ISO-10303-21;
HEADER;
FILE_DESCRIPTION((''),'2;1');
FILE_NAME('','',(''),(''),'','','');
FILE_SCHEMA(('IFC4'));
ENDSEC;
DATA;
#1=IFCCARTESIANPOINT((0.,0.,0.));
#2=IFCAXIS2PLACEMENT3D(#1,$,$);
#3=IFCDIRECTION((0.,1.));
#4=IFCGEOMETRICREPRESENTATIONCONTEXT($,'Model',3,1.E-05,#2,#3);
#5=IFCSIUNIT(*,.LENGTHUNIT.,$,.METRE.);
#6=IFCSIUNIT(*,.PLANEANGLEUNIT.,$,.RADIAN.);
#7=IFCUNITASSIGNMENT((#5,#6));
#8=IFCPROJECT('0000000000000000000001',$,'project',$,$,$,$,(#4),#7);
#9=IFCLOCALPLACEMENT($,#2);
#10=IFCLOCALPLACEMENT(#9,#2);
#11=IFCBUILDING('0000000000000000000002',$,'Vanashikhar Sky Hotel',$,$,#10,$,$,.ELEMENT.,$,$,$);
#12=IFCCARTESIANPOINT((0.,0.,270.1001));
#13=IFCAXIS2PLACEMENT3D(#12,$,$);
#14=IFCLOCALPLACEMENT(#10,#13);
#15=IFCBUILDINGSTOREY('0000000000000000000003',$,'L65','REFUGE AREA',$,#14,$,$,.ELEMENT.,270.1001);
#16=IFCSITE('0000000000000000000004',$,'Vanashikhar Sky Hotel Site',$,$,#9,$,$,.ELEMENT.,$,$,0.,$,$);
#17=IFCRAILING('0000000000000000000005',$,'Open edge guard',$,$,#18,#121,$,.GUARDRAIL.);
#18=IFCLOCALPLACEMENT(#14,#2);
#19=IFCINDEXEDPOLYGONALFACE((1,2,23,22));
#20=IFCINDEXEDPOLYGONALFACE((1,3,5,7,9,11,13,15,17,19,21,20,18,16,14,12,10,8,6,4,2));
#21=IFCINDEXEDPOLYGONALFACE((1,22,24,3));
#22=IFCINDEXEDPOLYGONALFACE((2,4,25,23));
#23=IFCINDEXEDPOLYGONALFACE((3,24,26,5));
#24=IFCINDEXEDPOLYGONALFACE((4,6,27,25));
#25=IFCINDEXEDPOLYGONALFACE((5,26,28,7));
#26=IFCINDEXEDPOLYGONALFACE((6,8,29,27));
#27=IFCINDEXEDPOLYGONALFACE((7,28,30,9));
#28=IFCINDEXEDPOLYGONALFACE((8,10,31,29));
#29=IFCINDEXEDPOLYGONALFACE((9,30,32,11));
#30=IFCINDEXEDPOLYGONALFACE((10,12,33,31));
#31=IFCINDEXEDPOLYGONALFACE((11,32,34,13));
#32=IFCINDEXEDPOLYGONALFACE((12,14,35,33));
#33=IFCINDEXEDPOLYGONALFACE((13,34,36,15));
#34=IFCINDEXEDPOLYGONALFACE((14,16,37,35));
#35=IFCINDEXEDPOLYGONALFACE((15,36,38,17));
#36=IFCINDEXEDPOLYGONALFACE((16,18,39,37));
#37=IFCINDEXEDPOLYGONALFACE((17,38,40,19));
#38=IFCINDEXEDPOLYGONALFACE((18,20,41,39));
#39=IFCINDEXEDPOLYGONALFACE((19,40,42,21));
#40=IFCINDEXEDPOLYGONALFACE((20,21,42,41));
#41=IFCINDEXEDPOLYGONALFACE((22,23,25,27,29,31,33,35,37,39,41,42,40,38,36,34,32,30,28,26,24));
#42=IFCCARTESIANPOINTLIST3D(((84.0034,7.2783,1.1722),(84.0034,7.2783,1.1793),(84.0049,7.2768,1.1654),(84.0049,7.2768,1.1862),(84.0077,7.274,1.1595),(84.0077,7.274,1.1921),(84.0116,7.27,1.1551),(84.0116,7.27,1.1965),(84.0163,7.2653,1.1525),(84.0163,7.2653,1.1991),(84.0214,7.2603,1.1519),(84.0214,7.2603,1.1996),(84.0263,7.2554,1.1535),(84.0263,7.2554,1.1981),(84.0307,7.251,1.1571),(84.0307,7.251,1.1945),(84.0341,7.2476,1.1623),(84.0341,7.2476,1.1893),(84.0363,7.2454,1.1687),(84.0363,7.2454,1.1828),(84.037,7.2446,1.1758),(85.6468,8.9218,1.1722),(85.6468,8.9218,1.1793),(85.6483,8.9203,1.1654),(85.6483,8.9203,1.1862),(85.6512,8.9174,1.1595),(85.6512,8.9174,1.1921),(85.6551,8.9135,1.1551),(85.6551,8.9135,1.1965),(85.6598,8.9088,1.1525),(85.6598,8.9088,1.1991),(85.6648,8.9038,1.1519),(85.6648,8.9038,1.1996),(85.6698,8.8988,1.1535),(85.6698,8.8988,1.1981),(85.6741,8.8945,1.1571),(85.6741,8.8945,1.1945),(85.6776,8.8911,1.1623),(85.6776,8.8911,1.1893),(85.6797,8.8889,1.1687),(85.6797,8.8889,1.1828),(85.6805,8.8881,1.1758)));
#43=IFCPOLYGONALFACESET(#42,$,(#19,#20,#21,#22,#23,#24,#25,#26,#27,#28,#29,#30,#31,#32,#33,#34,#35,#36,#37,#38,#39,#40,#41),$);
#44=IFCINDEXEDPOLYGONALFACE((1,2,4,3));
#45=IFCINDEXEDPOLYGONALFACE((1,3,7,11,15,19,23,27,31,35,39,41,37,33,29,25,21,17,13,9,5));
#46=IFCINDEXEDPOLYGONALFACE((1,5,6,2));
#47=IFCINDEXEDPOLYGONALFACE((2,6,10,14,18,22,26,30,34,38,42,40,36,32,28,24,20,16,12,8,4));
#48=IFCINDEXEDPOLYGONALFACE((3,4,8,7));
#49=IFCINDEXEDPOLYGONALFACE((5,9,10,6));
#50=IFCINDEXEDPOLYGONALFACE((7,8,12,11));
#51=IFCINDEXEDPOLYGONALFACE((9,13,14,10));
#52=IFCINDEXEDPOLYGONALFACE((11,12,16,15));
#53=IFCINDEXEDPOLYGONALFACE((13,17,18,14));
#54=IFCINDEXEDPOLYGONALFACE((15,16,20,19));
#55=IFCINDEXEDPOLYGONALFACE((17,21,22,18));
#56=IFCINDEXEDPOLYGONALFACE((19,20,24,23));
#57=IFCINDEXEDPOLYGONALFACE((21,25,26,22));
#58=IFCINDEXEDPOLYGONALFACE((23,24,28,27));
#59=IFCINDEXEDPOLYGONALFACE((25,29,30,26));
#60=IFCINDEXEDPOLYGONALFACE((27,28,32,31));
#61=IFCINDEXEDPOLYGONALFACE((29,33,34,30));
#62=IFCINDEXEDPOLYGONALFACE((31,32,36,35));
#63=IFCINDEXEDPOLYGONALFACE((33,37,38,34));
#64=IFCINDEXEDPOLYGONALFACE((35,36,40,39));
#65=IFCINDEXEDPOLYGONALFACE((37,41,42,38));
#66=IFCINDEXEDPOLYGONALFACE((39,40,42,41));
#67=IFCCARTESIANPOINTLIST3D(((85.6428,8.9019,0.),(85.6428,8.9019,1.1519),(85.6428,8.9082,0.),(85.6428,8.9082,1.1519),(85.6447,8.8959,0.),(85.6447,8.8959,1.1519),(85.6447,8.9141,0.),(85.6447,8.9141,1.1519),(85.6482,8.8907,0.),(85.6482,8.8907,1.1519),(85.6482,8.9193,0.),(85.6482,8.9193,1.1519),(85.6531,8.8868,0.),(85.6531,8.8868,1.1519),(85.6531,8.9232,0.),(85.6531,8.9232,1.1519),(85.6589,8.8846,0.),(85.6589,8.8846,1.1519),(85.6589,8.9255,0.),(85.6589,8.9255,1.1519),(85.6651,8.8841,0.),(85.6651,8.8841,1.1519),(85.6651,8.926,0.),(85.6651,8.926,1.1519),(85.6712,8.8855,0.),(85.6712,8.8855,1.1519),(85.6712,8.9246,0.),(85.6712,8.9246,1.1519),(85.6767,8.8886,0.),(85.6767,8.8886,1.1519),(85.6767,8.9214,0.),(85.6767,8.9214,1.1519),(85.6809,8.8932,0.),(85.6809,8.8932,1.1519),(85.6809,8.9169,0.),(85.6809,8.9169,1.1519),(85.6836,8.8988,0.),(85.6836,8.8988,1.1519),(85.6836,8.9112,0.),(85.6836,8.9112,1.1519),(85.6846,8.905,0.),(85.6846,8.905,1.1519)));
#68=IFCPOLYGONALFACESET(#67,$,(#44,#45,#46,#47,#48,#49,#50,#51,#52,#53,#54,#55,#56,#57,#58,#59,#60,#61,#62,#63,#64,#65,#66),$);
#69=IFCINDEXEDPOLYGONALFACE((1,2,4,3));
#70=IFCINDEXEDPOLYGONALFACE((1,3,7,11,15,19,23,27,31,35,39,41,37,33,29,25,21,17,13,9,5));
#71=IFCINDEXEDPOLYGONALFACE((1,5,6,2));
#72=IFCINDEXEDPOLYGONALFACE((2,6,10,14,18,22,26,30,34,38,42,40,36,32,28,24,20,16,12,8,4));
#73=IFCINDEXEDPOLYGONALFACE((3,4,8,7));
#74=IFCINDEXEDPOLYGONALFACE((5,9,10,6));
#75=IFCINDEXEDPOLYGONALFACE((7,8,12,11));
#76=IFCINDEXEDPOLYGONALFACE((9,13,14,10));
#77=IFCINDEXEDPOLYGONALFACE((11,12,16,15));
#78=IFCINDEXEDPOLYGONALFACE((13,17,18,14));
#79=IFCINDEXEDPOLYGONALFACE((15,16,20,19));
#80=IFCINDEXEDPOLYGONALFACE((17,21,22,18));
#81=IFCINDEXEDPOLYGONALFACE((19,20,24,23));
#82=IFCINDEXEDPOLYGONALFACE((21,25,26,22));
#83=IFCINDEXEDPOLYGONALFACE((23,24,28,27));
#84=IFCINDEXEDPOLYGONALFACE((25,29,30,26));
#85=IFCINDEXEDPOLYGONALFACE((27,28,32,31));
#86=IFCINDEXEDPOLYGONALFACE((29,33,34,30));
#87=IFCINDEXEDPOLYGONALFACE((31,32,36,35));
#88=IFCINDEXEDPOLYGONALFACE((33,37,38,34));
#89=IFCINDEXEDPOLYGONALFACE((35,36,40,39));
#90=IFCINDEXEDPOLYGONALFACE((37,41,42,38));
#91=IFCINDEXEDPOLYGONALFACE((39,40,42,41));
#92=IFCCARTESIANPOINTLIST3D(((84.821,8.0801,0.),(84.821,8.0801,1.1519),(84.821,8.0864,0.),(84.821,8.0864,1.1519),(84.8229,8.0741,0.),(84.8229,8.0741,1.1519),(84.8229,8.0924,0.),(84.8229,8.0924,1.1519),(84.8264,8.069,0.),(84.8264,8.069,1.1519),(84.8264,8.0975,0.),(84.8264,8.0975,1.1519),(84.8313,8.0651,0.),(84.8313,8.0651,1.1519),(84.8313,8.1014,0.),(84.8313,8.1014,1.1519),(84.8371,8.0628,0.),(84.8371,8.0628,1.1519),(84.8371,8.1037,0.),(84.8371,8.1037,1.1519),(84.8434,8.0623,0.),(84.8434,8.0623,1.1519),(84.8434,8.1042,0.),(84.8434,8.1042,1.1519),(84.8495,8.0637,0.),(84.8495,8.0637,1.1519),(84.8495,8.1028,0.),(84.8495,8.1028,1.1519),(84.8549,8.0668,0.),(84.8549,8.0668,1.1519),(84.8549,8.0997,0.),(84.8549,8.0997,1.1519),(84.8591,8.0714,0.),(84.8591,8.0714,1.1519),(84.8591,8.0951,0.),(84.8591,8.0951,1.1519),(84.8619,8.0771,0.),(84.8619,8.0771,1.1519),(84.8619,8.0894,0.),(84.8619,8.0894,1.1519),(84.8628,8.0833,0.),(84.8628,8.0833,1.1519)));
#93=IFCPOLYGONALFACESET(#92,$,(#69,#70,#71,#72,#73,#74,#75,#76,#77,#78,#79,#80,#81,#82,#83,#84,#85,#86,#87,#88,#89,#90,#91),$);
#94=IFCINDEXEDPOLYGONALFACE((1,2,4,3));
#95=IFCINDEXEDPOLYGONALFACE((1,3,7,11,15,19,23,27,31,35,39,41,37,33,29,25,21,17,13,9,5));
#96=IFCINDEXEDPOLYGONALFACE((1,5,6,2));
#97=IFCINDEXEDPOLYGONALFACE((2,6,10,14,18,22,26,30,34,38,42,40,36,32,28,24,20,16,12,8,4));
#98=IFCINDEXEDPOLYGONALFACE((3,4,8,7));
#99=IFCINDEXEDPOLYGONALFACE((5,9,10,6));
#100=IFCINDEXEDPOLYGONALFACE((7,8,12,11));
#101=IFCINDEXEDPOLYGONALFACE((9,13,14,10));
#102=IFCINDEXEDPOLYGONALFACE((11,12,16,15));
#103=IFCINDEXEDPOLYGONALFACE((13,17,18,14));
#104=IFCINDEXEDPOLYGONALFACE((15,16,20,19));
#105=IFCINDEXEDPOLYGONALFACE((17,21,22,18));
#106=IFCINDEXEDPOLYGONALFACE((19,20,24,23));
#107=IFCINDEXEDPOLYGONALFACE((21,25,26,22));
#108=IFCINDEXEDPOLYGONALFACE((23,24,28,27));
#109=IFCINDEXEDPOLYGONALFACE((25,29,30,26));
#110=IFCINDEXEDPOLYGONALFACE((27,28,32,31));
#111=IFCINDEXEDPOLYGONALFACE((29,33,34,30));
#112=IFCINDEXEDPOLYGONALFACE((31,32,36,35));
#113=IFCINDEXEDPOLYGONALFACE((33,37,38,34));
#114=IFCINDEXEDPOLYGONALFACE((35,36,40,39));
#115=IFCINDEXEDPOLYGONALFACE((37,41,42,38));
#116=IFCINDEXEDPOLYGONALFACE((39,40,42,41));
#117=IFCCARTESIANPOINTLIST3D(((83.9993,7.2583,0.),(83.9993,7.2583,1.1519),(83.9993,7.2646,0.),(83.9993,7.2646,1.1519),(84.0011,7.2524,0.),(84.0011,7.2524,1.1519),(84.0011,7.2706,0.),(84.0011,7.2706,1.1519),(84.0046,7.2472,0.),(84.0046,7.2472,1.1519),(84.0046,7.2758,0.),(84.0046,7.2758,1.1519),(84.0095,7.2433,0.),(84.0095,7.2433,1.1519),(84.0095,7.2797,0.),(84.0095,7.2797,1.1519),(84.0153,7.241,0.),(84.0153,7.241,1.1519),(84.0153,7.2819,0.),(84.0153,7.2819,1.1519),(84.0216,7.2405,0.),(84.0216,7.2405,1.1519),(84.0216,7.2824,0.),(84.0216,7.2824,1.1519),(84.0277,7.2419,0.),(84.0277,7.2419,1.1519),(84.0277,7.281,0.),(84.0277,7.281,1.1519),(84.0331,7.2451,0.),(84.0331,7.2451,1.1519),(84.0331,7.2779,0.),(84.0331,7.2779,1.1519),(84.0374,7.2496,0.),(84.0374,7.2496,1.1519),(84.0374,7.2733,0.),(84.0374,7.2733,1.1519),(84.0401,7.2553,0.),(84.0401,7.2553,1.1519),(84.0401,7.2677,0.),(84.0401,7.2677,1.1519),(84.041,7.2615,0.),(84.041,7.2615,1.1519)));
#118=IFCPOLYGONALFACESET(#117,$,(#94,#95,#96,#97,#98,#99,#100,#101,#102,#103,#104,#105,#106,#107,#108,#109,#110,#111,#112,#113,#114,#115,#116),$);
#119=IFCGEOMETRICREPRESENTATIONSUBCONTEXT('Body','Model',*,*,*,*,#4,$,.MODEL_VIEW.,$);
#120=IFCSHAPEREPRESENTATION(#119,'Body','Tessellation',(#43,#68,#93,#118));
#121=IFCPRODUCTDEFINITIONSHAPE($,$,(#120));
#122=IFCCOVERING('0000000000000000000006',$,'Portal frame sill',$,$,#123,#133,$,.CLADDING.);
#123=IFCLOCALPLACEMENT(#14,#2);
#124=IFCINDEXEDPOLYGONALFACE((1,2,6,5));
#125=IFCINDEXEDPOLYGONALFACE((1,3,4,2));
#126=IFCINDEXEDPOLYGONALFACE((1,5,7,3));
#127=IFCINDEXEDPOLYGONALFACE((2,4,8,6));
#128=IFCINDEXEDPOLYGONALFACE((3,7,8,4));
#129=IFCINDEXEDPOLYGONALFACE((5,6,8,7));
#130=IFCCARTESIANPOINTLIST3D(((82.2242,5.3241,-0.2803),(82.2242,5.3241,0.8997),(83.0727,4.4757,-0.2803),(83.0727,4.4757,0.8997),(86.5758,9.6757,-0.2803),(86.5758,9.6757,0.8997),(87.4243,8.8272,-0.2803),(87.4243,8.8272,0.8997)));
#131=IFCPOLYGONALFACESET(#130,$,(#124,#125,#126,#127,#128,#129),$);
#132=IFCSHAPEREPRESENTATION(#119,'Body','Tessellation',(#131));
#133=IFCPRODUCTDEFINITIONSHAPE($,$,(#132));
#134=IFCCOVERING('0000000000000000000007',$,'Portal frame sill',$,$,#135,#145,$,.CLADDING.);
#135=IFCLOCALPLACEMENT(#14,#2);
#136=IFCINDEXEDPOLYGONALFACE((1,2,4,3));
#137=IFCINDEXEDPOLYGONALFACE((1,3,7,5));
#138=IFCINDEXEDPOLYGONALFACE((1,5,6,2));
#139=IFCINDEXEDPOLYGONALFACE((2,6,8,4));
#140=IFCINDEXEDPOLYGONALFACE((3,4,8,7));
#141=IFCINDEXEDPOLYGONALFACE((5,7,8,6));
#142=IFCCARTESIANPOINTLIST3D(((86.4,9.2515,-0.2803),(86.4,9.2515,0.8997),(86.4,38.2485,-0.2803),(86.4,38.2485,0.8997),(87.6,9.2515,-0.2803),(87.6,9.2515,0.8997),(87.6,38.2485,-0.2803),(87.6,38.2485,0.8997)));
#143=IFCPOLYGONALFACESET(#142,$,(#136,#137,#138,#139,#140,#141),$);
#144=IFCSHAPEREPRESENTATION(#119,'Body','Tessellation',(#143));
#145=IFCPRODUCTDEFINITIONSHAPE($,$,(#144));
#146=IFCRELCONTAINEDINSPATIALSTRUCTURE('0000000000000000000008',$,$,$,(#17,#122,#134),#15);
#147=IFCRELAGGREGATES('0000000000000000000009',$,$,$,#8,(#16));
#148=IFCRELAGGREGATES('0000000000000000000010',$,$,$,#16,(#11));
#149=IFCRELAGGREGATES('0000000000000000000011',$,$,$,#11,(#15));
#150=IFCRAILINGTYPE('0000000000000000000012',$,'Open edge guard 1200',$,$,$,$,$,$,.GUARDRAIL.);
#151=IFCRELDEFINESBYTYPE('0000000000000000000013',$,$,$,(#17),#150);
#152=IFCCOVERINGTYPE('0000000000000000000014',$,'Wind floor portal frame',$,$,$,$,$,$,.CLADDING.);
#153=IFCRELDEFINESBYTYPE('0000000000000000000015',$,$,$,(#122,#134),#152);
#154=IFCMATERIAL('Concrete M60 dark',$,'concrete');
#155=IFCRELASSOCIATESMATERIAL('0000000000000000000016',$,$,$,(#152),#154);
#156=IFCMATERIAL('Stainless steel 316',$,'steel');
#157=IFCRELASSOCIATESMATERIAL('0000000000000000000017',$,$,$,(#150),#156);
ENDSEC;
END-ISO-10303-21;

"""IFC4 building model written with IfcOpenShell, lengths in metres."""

from ifc_helpers import new_model, si_unit, direction, frame, origin, origin_2d, place, context, subcontext, project, spatial, rectangle, circle, extrude, source, transform, mapped, material, type_object, element, save


model = new_model("IFC4")

# Units and contexts
model_context = context("Model", 3, precision=1e-05, world=origin(), true_north=direction((0.0, 1.0)))
body_context = subcontext(model_context, "Body", "Model", "MODEL_VIEW")
ifc_project = project(units=[si_unit("LENGTHUNIT", "METRE"), si_unit("PLANEANGLEUNIT", "RADIAN")], contexts=[model_context])

# Site, building, storey
site_placement = place(None, origin())
site = spatial("IfcSite", under=ifc_project, at=site_placement, Name="Vanashikhar Sky Hotel Site", CompositionType="ELEMENT", RefElevation=0.0)
building_placement = place(site_placement, origin())
building = spatial("IfcBuilding", under=site, at=building_placement, Name="Vanashikhar Sky Hotel", CompositionType="ELEMENT")
storey_placement = place(building_placement, frame((0.0, 0.0, 270.1001)))
storey = spatial("IfcBuildingStorey", under=building, at=storey_placement, Name="L65", Description="REFUGE AREA", CompositionType="ELEMENT", Elevation=270.1001)

# Shared definitions
ifc_material_1 = material(Name="Concrete M60 dark", Category="concrete")
covering_type = type_object("IfcCoveringType", Name="Wind floor portal frame", PredefinedType="CLADDING", material=ifc_material_1)

# Railing
ifc_material_2 = material(Name="Stainless steel 316", Category="steel")
railing_type = type_object("IfcRailingType", Name="Open edge guard 1200", PredefinedType="GUARDRAIL", material=ifc_material_2)
shared_shape_1 = source(origin(), body_context, "Body", "SweptSolid", [
    extrude(circle(Radius=0.0239, at=origin_2d()), frame((0.0, 0.0, 1.1758), z_axis=(-0.707107, -0.707107, 0.0), x_axis=(0.707107, -0.707107, 0.0)), (0.0, 0.0, 1.0), 2.3242),
    extrude(circle(Radius=0.021, at=origin_2d()), origin(), (0.0, 0.0, 1.0), 1.1519),
    extrude(circle(Radius=0.021, at=origin_2d()), frame((-0.8218, -0.8218, 0.0)), (0.0, 0.0, 1.0), 1.1519),
    extrude(circle(Radius=0.021, at=origin_2d()), frame((-1.6436, -1.6436, 0.0)), (0.0, 0.0, 1.0), 1.1519),
])
railing_1_placement = place(storey_placement, frame((85.6636, 8.905, 0.0)))
element("IfcRailing", 1, at=railing_1_placement, inside=storey, type_object=railing_type, Name="Open edge guard", PredefinedType="GUARDRAIL", context=body_context, shape_type="MappedRepresentation", body=[
    mapped(shared_shape_1, transform((0.0, 0.0, 0.0), scale=1.0)),
])

# Coverings
shared_shape_2 = source(origin(), body_context, "Body", "SweptSolid", [
    extrude(rectangle(XDim=6.1541, YDim=1.2, at=origin_2d()), origin(), (0.0, 0.0, 1.0), 1.1799),
])
covering_1_placement = place(storey_placement, frame((84.8242, 7.0757, -0.2803), z_axis=(0.0, 0.0, 1.0), x_axis=(0.707107, 0.707107, 0.0)))
element("IfcCovering", 2, at=covering_1_placement, inside=storey, type_object=covering_type, Name="Portal frame sill", PredefinedType="CLADDING", context=body_context, shape_type="MappedRepresentation", body=[
    mapped(shared_shape_2, transform((0.0, 0.0, 0.0), scale=1.0)),
])
shared_shape_3 = source(origin(), body_context, "Body", "SweptSolid", [
    extrude(rectangle(XDim=28.9971, YDim=1.2, at=origin_2d()), origin(), (0.0, 0.0, 1.0), 1.1799),
])
covering_2_placement = place(storey_placement, frame((87.0, 23.75, -0.2803), z_axis=(0.0, 0.0, 1.0), x_axis=(0.0, 1.0, 0.0)))
element("IfcCovering", 3, at=covering_2_placement, inside=storey, type_object=covering_type, Name="Portal frame sill", PredefinedType="CLADDING", context=body_context, shape_type="MappedRepresentation", body=[
    mapped(shared_shape_3, transform((0.0, 0.0, 0.0), scale=1.0)),
])

save(model, "model.ifc")
